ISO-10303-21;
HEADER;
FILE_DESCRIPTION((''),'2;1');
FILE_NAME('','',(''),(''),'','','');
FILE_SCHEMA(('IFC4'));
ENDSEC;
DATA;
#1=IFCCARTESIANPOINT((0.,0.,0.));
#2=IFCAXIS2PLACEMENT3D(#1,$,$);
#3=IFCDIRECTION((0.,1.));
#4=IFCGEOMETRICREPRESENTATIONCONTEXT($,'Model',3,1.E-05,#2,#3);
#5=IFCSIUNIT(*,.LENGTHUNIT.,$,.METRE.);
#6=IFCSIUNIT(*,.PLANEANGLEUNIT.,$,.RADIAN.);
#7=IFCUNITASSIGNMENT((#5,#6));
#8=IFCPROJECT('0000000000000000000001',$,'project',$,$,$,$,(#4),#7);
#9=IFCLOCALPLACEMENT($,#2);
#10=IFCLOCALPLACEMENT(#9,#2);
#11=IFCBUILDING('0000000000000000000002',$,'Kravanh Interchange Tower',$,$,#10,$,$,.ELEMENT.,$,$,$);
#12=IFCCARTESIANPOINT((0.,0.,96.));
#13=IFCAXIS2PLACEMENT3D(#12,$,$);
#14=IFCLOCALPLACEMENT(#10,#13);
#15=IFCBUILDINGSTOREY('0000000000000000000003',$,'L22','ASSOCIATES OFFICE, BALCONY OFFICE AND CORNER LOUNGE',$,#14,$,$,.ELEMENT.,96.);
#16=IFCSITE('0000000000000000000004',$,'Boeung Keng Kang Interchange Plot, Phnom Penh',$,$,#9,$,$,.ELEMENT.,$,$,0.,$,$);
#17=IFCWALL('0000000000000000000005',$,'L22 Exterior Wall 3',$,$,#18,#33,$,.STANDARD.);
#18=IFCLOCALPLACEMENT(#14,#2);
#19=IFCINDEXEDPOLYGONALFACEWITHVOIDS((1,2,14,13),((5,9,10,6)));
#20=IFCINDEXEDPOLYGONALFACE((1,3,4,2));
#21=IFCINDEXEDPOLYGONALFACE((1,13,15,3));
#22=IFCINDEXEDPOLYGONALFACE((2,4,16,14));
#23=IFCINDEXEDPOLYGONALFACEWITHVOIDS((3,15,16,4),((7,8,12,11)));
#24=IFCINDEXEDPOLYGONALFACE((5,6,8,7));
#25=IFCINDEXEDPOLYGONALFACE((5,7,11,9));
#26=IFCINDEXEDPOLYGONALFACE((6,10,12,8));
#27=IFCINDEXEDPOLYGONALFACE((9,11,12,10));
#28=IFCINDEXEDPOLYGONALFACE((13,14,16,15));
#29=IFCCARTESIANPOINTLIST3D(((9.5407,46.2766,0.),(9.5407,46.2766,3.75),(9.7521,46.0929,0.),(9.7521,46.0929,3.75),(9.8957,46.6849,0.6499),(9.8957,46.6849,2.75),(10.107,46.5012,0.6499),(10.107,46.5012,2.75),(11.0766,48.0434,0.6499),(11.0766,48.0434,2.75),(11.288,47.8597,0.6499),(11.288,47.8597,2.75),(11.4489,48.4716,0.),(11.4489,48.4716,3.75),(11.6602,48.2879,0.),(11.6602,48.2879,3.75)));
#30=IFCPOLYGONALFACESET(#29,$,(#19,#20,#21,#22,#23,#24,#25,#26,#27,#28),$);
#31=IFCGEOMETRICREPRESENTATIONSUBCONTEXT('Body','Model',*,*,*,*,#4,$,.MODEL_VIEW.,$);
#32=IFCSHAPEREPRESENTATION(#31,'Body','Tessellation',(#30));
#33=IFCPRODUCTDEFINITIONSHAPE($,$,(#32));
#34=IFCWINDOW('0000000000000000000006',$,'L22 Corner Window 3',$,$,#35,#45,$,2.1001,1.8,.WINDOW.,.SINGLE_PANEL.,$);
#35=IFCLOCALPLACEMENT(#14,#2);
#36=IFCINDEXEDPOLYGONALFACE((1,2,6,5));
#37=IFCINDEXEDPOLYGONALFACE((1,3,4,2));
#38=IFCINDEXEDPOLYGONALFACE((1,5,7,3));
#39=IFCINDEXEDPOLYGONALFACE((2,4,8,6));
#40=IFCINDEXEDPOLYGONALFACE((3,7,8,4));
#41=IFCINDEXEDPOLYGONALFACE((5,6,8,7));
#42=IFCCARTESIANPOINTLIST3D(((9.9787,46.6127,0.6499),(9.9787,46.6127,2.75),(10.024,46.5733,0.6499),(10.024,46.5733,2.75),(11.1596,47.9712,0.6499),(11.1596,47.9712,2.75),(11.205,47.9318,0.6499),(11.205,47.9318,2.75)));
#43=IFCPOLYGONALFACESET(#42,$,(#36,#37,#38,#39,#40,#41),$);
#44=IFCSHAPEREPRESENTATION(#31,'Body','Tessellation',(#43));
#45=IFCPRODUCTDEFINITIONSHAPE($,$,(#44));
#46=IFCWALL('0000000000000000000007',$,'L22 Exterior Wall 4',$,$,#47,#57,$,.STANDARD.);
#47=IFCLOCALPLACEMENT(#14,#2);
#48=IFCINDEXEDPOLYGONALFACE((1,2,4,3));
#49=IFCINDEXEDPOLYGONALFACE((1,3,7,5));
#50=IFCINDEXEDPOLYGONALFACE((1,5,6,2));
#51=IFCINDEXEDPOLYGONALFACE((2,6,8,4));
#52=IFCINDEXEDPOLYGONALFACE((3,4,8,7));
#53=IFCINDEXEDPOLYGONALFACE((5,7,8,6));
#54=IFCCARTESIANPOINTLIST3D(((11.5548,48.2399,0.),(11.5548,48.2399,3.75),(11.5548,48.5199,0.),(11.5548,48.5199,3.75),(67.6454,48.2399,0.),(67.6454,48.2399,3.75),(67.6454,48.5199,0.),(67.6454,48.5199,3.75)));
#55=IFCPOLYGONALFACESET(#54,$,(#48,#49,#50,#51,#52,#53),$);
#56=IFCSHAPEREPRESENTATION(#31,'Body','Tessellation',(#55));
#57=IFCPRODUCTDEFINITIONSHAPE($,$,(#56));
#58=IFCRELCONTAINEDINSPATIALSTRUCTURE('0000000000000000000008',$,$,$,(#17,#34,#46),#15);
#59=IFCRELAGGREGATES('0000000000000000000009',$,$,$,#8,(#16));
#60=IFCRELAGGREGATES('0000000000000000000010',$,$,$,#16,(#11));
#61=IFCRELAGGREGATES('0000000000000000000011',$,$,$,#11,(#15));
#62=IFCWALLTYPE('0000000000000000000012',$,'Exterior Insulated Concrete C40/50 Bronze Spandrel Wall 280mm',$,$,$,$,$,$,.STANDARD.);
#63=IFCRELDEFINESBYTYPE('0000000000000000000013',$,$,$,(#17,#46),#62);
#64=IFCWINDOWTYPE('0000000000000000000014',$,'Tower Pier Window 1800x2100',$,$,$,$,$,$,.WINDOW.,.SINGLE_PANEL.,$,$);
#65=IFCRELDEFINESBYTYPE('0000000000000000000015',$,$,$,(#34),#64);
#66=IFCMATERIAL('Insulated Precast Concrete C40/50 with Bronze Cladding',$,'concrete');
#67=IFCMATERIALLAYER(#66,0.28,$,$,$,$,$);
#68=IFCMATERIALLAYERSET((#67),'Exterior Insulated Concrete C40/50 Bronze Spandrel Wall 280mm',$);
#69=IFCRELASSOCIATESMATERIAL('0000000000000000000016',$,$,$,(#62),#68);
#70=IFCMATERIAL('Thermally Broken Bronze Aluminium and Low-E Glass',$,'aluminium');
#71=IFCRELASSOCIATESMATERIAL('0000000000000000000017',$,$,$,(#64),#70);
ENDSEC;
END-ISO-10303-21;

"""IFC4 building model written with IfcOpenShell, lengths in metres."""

from ifc_helpers import new_model, si_unit, direction, frame, frame_2d, origin, place, context, subcontext, project, spatial, rectangle, extrude, material, layer, layer_set, type_object, element, fill, save


model = new_model("IFC4")

# Units and contexts
model_context = context("Model", 3, precision=1e-05, world=origin(), true_north=direction((0.0, 1.0)))
body_context = subcontext(model_context, "Body", "Model", "MODEL_VIEW")
ifc_project = project(units=[si_unit("LENGTHUNIT", "METRE"), si_unit("PLANEANGLEUNIT", "RADIAN")], contexts=[model_context])

# Site, building, storey
site_placement = place(None, origin())
site = spatial("IfcSite", under=ifc_project, at=site_placement, Name="Boeung Keng Kang Interchange Plot, Phnom Penh", CompositionType="ELEMENT", RefElevation=0.0)
building_placement = place(site_placement, origin())
building = spatial("IfcBuilding", under=site, at=building_placement, Name="Kravanh Interchange Tower", CompositionType="ELEMENT")
storey_placement = place(building_placement, frame((0.0, 0.0, 96.0)))
storey = spatial("IfcBuildingStorey", under=building, at=storey_placement, Name="L22", Description="ASSOCIATES OFFICE, BALCONY OFFICE AND CORNER LOUNGE", CompositionType="ELEMENT", Elevation=96.0)

# Wall, opening, window
ifc_material_1 = material(Name="Insulated Precast Concrete C40/50 with Bronze Cladding", Category="concrete")
ifc_layer_1 = layer(ifc_material_1, 0.28)
ifc_layer_set_1 = layer_set([ifc_layer_1], Name="Exterior Insulated Concrete C40/50 Bronze Spandrel Wall 280mm")
wall_type_1 = type_object("IfcWallType", Name="Exterior Insulated Concrete C40/50 Bronze Spandrel Wall 280mm", PredefinedType="STANDARD", material=ifc_layer_set_1)
ifc_material_2 = material(Name="Thermally Broken Bronze Aluminium and Low-E Glass", Category="aluminium")
window_type = type_object("IfcWindowType", Name="Tower Pier Window 1800x2100", PartitioningType="SINGLE_PANEL", PredefinedType="WINDOW", material=ifc_material_2)
wall_1_placement = place(storey_placement, frame((9.6465, 46.1848, 0.0), z_axis=(0.0, 0.0, 1.0), x_axis=(0.656071, 0.754699, 0.0)))
wall_1 = element("IfcWall", 1, at=wall_1_placement, inside=storey, type_object=wall_type_1, Name="L22 Exterior Wall 3", PredefinedType="STANDARD", context=body_context, shape_type="SweptSolid", body=[
    extrude(rectangle(XDim=2.9084, YDim=0.28, at=frame_2d((1.4541, 0.0))), origin(), (0.0, 0.0, 1.0), 3.75),
])
opening_1_placement = place(wall_1_placement, frame((0.541, 0.0, 0.6499)))
opening_1 = element("IfcOpeningElement", 2, at=opening_1_placement, cuts=wall_1, PredefinedType="OPENING", context=body_context, shape_type="SweptSolid", body=[
    extrude(rectangle(XDim=1.8, YDim=2.1001, at=frame_2d((0.8999, 1.05))), frame((0.0, 0.1499, 0.0), z_axis=(0.0, -1.0, 0.0), x_axis=(1.0, 0.0, 0.0)), (0.0, 0.0, 1.0), 0.3),
])
window_1_placement = place(opening_1_placement, origin())
window_1 = element("IfcWindow", 3, at=window_1_placement, inside=storey, type_object=window_type, Name="L22 Corner Window 3", OverallHeight=2.1001, OverallWidth=1.8, PartitioningType="SINGLE_PANEL", PredefinedType="WINDOW", context=body_context, shape_type="SweptSolid", body=[
    extrude(rectangle(XDim=1.8, YDim=2.1001, at=frame_2d((0.8999, 1.05))), frame((0.0, 0.03, 0.0), z_axis=(0.0, -1.0, 0.0), x_axis=(1.0, 0.0, 0.0)), (0.0, 0.0, 1.0), 0.0601),
])
fill(opening_1, window_1)

# Wall
wall_2_placement = place(storey_placement, frame((11.5547, 48.3799, 0.0), z_axis=(0.0, 0.0, 1.0), x_axis=(1.0, 0.0, 0.0)))
element("IfcWall", 4, at=wall_2_placement, inside=storey, type_object=wall_type_1, Name="L22 Exterior Wall 4", PredefinedType="STANDARD", context=body_context, shape_type="SweptSolid", body=[
    extrude(rectangle(XDim=56.0906, YDim=0.28, at=frame_2d((28.0454, 0.0))), origin(), (0.0, 0.0, 1.0), 3.75),
])

save(model, "model.ifc")
